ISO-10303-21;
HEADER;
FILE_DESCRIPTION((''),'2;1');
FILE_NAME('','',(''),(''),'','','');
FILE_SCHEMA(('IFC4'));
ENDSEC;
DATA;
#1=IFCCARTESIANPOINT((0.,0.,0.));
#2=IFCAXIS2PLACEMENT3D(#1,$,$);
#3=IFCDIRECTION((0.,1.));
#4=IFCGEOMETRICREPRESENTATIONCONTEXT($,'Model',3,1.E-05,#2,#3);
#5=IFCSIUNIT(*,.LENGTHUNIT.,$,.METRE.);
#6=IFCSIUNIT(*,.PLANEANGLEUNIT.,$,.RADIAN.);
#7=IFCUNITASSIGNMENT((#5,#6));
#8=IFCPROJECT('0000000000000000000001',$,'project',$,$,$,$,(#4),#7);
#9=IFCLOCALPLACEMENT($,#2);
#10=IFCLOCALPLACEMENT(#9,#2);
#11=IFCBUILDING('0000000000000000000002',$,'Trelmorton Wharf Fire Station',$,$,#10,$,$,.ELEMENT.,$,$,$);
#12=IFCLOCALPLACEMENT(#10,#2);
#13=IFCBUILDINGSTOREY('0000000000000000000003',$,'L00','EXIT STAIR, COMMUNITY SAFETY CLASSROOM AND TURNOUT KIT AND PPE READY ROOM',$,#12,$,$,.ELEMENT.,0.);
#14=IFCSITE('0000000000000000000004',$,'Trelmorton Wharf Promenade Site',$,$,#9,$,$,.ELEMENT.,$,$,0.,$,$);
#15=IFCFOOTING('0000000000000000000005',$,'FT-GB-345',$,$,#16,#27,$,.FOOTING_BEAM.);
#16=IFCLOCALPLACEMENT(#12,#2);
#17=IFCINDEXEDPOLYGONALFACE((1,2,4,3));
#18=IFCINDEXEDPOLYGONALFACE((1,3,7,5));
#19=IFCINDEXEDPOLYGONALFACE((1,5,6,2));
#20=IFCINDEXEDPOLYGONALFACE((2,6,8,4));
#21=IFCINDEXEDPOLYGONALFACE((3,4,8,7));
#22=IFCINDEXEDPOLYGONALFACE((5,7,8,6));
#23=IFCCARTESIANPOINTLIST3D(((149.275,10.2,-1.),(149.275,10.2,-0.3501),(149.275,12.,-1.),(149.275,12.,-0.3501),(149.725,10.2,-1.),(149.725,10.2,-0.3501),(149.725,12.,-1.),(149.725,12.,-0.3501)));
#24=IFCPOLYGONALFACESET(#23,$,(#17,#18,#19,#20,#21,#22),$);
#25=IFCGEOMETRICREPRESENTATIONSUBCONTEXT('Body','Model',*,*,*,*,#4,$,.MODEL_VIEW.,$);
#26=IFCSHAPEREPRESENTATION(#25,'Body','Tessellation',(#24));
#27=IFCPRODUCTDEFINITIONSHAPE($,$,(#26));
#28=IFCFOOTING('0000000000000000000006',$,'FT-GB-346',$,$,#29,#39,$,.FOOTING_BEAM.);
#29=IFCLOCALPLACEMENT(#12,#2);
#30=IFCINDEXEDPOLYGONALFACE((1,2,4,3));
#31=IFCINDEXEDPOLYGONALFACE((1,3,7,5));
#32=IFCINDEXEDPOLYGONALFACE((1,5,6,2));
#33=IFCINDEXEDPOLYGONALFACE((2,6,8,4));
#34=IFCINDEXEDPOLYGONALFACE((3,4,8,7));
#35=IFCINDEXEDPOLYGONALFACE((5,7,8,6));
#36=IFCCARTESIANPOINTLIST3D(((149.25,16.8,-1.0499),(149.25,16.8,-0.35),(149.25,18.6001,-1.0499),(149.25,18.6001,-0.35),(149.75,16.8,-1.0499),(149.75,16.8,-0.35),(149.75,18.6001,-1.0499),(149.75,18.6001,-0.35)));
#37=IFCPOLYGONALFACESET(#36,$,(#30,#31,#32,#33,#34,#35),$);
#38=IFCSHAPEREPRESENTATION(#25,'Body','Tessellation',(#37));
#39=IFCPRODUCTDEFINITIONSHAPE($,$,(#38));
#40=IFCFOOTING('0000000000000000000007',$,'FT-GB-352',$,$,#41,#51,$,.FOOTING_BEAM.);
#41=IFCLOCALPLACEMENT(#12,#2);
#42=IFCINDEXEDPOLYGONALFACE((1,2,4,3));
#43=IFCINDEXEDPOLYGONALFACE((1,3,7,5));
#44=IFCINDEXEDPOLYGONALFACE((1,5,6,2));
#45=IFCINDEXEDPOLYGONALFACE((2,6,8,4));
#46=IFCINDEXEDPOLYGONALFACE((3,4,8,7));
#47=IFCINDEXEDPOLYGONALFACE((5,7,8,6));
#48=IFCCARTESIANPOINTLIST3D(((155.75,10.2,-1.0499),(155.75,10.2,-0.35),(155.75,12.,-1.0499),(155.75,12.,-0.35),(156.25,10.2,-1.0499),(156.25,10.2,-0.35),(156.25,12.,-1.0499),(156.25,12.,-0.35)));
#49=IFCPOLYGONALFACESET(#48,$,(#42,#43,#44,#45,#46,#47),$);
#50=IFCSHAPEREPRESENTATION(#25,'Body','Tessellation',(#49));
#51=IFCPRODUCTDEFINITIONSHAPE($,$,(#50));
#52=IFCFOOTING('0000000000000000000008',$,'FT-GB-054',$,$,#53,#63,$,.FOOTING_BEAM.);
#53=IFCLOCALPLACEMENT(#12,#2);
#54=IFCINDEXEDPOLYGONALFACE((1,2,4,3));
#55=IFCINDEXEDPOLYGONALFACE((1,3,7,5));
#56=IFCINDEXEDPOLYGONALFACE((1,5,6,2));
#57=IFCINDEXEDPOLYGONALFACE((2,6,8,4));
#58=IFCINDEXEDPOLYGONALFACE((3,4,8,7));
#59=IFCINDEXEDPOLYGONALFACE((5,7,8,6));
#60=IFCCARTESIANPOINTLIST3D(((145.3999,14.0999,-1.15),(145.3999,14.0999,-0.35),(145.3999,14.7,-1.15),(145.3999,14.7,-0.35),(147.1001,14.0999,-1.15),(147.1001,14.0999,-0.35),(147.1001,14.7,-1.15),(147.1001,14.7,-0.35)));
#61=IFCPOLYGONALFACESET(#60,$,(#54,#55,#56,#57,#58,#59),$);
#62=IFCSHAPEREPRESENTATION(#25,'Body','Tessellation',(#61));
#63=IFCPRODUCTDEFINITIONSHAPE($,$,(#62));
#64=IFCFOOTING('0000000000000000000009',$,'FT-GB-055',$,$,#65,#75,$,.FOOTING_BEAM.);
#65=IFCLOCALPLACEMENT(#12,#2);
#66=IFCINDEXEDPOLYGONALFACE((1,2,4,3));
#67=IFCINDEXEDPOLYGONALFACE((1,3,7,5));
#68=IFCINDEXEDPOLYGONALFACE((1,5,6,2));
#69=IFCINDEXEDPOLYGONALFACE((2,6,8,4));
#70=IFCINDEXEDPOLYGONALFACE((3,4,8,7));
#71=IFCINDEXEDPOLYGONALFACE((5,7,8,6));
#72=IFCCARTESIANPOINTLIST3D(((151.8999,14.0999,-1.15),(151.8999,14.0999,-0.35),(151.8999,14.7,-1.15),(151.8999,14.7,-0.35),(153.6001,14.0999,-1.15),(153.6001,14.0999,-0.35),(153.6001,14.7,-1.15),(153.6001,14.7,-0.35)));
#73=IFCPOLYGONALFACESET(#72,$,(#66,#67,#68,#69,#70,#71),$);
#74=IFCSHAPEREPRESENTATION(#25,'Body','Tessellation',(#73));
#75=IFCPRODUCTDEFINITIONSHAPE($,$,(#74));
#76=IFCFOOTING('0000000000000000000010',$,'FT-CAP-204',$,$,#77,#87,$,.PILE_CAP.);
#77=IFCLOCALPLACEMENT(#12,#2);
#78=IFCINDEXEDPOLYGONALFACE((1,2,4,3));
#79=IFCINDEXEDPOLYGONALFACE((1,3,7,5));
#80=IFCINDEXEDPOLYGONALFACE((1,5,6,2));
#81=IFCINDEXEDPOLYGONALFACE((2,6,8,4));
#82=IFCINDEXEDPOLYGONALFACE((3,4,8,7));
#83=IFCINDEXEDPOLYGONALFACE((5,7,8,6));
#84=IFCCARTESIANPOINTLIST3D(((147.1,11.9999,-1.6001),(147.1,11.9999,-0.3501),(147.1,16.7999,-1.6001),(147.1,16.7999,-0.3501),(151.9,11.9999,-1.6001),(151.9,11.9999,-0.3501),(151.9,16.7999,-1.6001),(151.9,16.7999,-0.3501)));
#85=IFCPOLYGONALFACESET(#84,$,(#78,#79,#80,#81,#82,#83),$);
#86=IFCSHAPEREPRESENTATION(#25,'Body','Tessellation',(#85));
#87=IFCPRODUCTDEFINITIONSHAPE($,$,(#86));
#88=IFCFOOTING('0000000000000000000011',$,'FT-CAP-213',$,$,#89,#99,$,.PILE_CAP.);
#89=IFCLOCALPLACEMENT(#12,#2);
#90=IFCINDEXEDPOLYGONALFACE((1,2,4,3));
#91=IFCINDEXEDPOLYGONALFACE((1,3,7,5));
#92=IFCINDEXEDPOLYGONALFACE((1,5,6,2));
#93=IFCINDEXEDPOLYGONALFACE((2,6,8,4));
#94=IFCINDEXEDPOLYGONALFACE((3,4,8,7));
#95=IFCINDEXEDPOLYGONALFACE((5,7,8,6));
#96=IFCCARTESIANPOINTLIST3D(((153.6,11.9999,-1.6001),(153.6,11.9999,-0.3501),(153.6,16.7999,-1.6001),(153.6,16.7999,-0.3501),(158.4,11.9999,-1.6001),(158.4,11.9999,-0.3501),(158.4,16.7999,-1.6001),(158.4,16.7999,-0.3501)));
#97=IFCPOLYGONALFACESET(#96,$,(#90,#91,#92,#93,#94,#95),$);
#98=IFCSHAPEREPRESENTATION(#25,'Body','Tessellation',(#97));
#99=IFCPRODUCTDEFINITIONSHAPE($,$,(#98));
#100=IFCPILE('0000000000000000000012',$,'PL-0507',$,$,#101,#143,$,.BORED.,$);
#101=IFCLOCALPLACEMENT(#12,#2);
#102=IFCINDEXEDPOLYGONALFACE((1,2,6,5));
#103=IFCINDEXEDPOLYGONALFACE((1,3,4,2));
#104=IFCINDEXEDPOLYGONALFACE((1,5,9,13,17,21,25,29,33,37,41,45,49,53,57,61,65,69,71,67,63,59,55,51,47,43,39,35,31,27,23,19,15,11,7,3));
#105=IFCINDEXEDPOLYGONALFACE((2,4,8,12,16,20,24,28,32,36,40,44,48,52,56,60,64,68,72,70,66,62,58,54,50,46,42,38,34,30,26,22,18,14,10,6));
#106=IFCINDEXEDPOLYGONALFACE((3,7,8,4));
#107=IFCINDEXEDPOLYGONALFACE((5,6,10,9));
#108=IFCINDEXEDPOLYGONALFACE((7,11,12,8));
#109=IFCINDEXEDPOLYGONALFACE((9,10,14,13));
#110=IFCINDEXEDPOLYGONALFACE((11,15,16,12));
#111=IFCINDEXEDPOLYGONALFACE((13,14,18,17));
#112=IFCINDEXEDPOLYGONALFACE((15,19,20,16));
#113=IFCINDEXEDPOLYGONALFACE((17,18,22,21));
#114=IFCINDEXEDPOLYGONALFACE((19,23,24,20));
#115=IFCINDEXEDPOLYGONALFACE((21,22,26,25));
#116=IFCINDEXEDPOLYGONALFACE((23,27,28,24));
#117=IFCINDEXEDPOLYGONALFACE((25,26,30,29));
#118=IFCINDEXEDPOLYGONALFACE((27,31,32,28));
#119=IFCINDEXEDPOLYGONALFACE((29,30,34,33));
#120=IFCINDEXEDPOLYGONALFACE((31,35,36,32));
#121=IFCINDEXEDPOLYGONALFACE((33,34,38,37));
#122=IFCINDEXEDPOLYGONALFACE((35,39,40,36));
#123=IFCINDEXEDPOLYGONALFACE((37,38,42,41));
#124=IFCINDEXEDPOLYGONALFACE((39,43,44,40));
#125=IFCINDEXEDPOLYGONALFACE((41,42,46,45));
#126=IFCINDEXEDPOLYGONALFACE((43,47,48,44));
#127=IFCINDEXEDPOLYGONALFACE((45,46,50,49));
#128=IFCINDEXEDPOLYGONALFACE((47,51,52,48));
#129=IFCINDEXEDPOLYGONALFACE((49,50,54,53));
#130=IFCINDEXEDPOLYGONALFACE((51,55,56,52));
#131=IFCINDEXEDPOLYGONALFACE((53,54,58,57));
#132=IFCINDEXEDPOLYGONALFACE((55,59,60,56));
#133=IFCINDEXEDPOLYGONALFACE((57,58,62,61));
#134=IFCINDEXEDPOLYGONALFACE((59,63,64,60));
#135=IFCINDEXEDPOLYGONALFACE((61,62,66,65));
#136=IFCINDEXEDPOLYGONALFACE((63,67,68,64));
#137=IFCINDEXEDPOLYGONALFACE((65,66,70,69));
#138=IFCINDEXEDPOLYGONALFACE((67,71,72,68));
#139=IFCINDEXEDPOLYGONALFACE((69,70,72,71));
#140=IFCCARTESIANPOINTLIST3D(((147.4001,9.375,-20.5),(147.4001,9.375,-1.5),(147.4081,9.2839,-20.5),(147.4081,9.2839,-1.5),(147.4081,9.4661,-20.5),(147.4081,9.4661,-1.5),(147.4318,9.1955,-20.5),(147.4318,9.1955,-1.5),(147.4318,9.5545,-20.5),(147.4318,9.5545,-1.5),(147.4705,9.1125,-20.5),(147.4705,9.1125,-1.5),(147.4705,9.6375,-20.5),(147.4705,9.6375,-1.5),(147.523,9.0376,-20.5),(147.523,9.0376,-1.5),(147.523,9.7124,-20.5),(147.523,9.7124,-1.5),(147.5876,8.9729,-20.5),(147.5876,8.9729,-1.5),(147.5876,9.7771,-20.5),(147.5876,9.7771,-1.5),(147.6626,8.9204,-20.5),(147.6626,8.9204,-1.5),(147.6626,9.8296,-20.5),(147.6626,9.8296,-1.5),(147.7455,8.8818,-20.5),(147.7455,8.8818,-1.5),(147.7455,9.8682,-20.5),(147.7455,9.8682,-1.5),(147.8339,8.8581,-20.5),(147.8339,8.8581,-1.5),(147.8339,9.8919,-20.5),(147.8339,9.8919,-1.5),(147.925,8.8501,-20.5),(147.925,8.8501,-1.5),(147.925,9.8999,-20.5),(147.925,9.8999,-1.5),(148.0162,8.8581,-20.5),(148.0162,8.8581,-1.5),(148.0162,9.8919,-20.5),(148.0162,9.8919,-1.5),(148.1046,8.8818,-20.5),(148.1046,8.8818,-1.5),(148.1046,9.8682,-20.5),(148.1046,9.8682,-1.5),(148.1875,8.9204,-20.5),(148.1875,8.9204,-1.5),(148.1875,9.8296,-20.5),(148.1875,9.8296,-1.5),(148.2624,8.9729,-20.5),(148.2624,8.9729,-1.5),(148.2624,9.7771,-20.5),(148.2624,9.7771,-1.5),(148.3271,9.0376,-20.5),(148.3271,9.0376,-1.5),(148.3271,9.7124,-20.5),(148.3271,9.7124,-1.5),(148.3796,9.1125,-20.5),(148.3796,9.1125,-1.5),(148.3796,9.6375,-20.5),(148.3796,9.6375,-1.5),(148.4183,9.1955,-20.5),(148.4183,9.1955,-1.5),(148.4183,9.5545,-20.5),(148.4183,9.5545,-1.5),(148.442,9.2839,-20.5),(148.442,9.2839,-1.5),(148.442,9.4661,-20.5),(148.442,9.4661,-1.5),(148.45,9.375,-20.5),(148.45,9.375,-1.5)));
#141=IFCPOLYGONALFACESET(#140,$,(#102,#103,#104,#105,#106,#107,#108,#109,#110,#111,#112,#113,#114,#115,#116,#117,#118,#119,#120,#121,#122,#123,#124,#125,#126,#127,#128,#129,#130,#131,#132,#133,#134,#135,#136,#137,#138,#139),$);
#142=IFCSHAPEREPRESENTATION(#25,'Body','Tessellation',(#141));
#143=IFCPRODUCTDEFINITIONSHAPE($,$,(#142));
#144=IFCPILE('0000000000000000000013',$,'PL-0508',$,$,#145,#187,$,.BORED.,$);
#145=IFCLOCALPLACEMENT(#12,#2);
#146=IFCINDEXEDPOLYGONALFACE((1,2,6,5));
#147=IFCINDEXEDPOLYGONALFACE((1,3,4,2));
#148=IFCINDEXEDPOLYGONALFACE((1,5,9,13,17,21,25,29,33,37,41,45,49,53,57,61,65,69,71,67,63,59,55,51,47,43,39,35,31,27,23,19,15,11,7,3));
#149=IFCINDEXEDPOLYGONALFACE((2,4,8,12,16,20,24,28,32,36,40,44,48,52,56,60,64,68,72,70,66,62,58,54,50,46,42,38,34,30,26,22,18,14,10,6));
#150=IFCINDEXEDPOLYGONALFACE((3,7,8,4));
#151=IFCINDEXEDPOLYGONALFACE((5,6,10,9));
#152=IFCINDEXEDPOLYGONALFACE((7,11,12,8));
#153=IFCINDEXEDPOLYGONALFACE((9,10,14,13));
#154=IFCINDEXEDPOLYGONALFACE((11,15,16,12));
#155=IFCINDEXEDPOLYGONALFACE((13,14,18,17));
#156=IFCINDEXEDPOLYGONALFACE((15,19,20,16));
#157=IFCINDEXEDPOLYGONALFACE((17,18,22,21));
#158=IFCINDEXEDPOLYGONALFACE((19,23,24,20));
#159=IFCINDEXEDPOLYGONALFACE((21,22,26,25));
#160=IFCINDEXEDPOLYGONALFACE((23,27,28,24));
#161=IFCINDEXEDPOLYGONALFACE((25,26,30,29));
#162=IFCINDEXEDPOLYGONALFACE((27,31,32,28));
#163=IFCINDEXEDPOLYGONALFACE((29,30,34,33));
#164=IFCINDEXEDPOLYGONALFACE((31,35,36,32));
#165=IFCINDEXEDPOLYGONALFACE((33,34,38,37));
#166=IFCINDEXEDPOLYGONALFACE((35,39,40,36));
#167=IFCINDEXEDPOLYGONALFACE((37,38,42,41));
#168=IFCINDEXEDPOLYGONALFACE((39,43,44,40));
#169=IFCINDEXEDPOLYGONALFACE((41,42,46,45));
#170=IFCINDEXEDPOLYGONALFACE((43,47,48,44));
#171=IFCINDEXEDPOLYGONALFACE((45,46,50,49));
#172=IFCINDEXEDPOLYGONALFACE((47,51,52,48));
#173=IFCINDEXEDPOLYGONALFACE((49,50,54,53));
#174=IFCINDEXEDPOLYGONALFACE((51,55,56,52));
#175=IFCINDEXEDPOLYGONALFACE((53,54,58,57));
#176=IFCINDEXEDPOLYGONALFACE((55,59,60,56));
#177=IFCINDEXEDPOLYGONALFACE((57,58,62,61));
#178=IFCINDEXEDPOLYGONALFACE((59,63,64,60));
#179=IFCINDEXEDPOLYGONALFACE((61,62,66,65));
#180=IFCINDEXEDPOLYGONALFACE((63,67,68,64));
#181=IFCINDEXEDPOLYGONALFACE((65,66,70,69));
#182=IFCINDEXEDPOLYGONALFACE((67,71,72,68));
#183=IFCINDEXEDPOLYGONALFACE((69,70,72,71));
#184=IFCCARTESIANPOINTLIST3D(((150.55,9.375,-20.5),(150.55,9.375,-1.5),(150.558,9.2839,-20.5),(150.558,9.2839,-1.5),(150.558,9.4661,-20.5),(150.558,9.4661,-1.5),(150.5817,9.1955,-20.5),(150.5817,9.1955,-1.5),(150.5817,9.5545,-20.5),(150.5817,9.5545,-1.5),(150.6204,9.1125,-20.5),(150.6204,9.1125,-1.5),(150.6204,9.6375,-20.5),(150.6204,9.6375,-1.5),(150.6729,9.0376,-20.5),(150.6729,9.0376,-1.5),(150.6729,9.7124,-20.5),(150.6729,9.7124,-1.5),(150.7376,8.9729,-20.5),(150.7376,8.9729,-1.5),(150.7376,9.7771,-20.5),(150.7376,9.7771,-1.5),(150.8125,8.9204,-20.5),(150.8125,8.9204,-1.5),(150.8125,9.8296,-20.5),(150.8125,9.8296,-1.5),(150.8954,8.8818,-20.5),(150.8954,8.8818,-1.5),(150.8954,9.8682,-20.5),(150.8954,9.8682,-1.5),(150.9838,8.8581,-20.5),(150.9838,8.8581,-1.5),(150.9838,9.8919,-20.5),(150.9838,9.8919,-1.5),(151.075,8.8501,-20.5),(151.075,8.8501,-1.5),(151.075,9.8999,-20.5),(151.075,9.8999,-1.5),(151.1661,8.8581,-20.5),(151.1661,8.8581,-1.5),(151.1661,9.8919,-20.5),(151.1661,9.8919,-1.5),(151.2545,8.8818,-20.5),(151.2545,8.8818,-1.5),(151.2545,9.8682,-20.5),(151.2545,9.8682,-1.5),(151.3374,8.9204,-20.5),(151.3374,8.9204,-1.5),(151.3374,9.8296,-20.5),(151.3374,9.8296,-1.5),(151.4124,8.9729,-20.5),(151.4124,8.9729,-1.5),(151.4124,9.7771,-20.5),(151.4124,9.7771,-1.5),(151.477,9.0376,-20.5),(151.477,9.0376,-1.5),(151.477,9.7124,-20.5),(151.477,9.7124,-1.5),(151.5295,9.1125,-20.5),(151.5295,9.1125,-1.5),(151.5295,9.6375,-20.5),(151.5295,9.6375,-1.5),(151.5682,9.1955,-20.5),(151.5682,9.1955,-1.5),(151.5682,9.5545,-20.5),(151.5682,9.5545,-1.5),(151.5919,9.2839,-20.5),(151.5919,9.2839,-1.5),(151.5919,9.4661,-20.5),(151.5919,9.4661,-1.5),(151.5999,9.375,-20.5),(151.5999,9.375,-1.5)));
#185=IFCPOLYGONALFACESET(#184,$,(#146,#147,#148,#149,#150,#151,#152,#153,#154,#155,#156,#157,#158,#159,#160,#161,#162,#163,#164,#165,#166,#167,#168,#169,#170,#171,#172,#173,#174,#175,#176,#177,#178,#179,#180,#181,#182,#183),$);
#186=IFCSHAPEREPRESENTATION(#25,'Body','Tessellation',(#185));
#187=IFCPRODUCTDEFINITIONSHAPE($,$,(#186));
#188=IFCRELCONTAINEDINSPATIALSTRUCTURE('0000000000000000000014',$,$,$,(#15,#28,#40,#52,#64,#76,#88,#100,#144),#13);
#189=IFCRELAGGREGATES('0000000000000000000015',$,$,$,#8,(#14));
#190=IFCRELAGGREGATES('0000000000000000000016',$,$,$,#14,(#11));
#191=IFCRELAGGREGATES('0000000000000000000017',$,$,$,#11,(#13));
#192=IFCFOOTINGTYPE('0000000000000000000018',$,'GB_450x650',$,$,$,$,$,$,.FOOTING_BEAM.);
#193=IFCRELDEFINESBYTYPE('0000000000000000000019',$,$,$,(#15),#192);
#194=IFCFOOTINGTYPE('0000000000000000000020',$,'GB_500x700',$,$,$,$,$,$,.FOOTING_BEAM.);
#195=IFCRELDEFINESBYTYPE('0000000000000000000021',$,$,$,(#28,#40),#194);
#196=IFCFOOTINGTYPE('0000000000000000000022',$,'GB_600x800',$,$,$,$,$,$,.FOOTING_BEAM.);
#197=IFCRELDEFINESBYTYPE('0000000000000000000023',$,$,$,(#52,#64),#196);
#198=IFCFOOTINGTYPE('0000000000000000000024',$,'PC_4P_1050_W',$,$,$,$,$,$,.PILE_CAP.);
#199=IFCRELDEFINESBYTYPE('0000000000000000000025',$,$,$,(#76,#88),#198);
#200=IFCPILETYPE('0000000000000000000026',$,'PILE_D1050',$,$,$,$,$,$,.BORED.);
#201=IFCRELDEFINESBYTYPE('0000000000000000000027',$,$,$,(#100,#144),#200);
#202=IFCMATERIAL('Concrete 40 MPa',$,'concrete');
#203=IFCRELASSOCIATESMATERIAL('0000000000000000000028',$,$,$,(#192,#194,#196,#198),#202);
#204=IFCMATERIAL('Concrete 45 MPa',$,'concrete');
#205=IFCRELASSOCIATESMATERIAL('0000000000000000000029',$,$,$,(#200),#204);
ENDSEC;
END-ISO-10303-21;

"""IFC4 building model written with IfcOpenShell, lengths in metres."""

from ifc_helpers import new_model, si_unit, direction, frame, origin, origin_2d, place, context, subcontext, project, spatial, rectangle, circle, extrude, material, material_profile, profile_set, type_object, element, save


model = new_model("IFC4")

# Units and contexts
model_context = context("Model", 3, precision=1e-05, world=origin(), true_north=direction((0.0, 1.0)))
body_context = subcontext(model_context, "Body", "Model", "MODEL_VIEW")
ifc_project = project(units=[si_unit("LENGTHUNIT", "METRE"), si_unit("PLANEANGLEUNIT", "RADIAN")], contexts=[model_context])

# Site, building, storey
site_placement = place(None, origin())
site = spatial("IfcSite", under=ifc_project, at=site_placement, Name="Trelmorton Wharf Promenade Site", CompositionType="ELEMENT", RefElevation=0.0)
building_placement = place(site_placement, origin())
building = spatial("IfcBuilding", under=site, at=building_placement, Name="Trelmorton Wharf Fire Station", CompositionType="ELEMENT")
storey_placement = place(building_placement, origin())
storey = spatial("IfcBuildingStorey", under=building, at=storey_placement, Name="L00", Description="EXIT STAIR, COMMUNITY SAFETY CLASSROOM AND TURNOUT KIT AND PPE READY ROOM", CompositionType="ELEMENT", Elevation=0.0)

# Footings
ifc_material_1 = material(Name="Concrete 40 MPa", Category="concrete")
ifc_material_profile_1 = material_profile(ifc_material_1, rectangle(XDim=0.45, YDim=0.6499, at=origin_2d()), Name="RC450x650")
ifc_profile_set_1 = profile_set([ifc_material_profile_1], Name="Concrete 40 MPa")
footing_type_1 = type_object("IfcFootingType", Name="GB_450x650", PredefinedType="FOOTING_BEAM", material=ifc_profile_set_1)
footing_placement = place(storey_placement, frame((149.5, 10.2, -0.675), z_axis=(0.0, 1.0, 0.0), x_axis=(-1.0, 0.0, 0.0)))
element("IfcFooting", 1, at=footing_placement, inside=storey, type_object=footing_type_1, Name="FT-GB-345", PredefinedType="FOOTING_BEAM", context=body_context, shape_type="SweptSolid", body=[
    extrude(rectangle(XDim=0.45, YDim=0.6499, at=origin_2d()), origin(), (0.0, 0.0, 1.0), 1.8),
])
ifc_material_profile_2 = material_profile(ifc_material_1, rectangle(XDim=0.5, YDim=0.7, at=origin_2d()), Name="RC500x700")
ifc_profile_set_2 = profile_set([ifc_material_profile_2], Name="Concrete 40 MPa")
footing_type_2 = type_object("IfcFootingType", Name="GB_500x700", PredefinedType="FOOTING_BEAM", material=ifc_profile_set_2)
for number, where, z_axis, x_axis, name in (
    (2, (149.5, 16.8, -0.7), (0.0, 1.0, 0.0), (-1.0, 0.0, 0.0), "FT-GB-346"),
    (3, (156.0, 10.2, -0.7), (0.0, 1.0, 0.0), (-1.0, 0.0, 0.0), "FT-GB-352"),
):
    element("IfcFooting", number, at=place(storey_placement, frame(where, z_axis=z_axis, x_axis=x_axis)), inside=storey, type_object=footing_type_2, Name=name, PredefinedType="FOOTING_BEAM", context=body_context, shape_type="SweptSolid", body=[
        extrude(rectangle(XDim=0.5, YDim=0.7, at=origin_2d()), origin(), (0.0, 0.0, 1.0), 1.8),
    ])
ifc_material_profile_3 = material_profile(ifc_material_1, rectangle(XDim=0.6001, YDim=0.8, at=origin_2d()), Name="RC600x800")
ifc_profile_set_3 = profile_set([ifc_material_profile_3], Name="Concrete 40 MPa")
footing_type_3 = type_object("IfcFootingType", Name="GB_600x800", PredefinedType="FOOTING_BEAM", material=ifc_profile_set_3)
for number, where, z_axis, x_axis, name in (
    (4, (145.3999, 14.3999, -0.75), (1.0, 0.0, 0.0), (0.0, 1.0, 0.0), "FT-GB-054"),
    (5, (151.8999, 14.3999, -0.75), (1.0, 0.0, 0.0), (0.0, 1.0, 0.0), "FT-GB-055"),
):
    element("IfcFooting", number, at=place(storey_placement, frame(where, z_axis=z_axis, x_axis=x_axis)), inside=storey, type_object=footing_type_3, Name=name, PredefinedType="FOOTING_BEAM", context=body_context, shape_type="SweptSolid", body=[
        extrude(rectangle(XDim=0.6001, YDim=0.8, at=origin_2d()), origin(), (0.0, 0.0, 1.0), 1.7002),
    ])
footing_type_4 = type_object("IfcFootingType", Name="PC_4P_1050_W", PredefinedType="PILE_CAP", material=ifc_material_1)
for number, where, z_axis, x_axis, name in (
    (6, (149.5, 14.3999, -1.6001), (0.0, 0.0, 1.0), (1.0, 0.0, 0.0), "FT-CAP-204"),
    (7, (156.0, 14.3999, -1.6001), (0.0, 0.0, 1.0), (1.0, 0.0, 0.0), "FT-CAP-213"),
):
    element("IfcFooting", number, at=place(storey_placement, frame(where, z_axis=z_axis, x_axis=x_axis)), inside=storey, type_object=footing_type_4, Name=name, PredefinedType="PILE_CAP", context=body_context, shape_type="SweptSolid", body=[
        extrude(rectangle(XDim=4.8, YDim=4.8, at=origin_2d()), origin(), (0.0, 0.0, 1.0), 1.25),
    ])

# Piles
ifc_material_2 = material(Name="Concrete 45 MPa", Category="concrete")
ifc_material_profile_4 = material_profile(ifc_material_2, circle(Radius=0.5249, at=origin_2d()), Name="PILE-D1050")
ifc_profile_set_4 = profile_set([ifc_material_profile_4], Name="Concrete 45 MPa")
pile_type = type_object("IfcPileType", Name="PILE_D1050", PredefinedType="BORED", material=ifc_profile_set_4)
for number, where, z_axis, x_axis, name in (
    (8, (147.925, 9.375, -1.5), (0.0, 0.0, -1.0), (1.0, 0.0, 0.0), "PL-0507"),
    (9, (151.075, 9.375, -1.5), (0.0, 0.0, -1.0), (1.0, 0.0, 0.0), "PL-0508"),
):
    element("IfcPile", number, at=place(storey_placement, frame(where, z_axis=z_axis, x_axis=x_axis)), inside=storey, type_object=pile_type, Name=name, PredefinedType="BORED", context=body_context, shape_type="SweptSolid", body=[
        extrude(circle(Radius=0.5249, at=origin_2d()), origin(), (0.0, 0.0, 1.0), 19.0),
    ])

save(model, "model.ifc")
